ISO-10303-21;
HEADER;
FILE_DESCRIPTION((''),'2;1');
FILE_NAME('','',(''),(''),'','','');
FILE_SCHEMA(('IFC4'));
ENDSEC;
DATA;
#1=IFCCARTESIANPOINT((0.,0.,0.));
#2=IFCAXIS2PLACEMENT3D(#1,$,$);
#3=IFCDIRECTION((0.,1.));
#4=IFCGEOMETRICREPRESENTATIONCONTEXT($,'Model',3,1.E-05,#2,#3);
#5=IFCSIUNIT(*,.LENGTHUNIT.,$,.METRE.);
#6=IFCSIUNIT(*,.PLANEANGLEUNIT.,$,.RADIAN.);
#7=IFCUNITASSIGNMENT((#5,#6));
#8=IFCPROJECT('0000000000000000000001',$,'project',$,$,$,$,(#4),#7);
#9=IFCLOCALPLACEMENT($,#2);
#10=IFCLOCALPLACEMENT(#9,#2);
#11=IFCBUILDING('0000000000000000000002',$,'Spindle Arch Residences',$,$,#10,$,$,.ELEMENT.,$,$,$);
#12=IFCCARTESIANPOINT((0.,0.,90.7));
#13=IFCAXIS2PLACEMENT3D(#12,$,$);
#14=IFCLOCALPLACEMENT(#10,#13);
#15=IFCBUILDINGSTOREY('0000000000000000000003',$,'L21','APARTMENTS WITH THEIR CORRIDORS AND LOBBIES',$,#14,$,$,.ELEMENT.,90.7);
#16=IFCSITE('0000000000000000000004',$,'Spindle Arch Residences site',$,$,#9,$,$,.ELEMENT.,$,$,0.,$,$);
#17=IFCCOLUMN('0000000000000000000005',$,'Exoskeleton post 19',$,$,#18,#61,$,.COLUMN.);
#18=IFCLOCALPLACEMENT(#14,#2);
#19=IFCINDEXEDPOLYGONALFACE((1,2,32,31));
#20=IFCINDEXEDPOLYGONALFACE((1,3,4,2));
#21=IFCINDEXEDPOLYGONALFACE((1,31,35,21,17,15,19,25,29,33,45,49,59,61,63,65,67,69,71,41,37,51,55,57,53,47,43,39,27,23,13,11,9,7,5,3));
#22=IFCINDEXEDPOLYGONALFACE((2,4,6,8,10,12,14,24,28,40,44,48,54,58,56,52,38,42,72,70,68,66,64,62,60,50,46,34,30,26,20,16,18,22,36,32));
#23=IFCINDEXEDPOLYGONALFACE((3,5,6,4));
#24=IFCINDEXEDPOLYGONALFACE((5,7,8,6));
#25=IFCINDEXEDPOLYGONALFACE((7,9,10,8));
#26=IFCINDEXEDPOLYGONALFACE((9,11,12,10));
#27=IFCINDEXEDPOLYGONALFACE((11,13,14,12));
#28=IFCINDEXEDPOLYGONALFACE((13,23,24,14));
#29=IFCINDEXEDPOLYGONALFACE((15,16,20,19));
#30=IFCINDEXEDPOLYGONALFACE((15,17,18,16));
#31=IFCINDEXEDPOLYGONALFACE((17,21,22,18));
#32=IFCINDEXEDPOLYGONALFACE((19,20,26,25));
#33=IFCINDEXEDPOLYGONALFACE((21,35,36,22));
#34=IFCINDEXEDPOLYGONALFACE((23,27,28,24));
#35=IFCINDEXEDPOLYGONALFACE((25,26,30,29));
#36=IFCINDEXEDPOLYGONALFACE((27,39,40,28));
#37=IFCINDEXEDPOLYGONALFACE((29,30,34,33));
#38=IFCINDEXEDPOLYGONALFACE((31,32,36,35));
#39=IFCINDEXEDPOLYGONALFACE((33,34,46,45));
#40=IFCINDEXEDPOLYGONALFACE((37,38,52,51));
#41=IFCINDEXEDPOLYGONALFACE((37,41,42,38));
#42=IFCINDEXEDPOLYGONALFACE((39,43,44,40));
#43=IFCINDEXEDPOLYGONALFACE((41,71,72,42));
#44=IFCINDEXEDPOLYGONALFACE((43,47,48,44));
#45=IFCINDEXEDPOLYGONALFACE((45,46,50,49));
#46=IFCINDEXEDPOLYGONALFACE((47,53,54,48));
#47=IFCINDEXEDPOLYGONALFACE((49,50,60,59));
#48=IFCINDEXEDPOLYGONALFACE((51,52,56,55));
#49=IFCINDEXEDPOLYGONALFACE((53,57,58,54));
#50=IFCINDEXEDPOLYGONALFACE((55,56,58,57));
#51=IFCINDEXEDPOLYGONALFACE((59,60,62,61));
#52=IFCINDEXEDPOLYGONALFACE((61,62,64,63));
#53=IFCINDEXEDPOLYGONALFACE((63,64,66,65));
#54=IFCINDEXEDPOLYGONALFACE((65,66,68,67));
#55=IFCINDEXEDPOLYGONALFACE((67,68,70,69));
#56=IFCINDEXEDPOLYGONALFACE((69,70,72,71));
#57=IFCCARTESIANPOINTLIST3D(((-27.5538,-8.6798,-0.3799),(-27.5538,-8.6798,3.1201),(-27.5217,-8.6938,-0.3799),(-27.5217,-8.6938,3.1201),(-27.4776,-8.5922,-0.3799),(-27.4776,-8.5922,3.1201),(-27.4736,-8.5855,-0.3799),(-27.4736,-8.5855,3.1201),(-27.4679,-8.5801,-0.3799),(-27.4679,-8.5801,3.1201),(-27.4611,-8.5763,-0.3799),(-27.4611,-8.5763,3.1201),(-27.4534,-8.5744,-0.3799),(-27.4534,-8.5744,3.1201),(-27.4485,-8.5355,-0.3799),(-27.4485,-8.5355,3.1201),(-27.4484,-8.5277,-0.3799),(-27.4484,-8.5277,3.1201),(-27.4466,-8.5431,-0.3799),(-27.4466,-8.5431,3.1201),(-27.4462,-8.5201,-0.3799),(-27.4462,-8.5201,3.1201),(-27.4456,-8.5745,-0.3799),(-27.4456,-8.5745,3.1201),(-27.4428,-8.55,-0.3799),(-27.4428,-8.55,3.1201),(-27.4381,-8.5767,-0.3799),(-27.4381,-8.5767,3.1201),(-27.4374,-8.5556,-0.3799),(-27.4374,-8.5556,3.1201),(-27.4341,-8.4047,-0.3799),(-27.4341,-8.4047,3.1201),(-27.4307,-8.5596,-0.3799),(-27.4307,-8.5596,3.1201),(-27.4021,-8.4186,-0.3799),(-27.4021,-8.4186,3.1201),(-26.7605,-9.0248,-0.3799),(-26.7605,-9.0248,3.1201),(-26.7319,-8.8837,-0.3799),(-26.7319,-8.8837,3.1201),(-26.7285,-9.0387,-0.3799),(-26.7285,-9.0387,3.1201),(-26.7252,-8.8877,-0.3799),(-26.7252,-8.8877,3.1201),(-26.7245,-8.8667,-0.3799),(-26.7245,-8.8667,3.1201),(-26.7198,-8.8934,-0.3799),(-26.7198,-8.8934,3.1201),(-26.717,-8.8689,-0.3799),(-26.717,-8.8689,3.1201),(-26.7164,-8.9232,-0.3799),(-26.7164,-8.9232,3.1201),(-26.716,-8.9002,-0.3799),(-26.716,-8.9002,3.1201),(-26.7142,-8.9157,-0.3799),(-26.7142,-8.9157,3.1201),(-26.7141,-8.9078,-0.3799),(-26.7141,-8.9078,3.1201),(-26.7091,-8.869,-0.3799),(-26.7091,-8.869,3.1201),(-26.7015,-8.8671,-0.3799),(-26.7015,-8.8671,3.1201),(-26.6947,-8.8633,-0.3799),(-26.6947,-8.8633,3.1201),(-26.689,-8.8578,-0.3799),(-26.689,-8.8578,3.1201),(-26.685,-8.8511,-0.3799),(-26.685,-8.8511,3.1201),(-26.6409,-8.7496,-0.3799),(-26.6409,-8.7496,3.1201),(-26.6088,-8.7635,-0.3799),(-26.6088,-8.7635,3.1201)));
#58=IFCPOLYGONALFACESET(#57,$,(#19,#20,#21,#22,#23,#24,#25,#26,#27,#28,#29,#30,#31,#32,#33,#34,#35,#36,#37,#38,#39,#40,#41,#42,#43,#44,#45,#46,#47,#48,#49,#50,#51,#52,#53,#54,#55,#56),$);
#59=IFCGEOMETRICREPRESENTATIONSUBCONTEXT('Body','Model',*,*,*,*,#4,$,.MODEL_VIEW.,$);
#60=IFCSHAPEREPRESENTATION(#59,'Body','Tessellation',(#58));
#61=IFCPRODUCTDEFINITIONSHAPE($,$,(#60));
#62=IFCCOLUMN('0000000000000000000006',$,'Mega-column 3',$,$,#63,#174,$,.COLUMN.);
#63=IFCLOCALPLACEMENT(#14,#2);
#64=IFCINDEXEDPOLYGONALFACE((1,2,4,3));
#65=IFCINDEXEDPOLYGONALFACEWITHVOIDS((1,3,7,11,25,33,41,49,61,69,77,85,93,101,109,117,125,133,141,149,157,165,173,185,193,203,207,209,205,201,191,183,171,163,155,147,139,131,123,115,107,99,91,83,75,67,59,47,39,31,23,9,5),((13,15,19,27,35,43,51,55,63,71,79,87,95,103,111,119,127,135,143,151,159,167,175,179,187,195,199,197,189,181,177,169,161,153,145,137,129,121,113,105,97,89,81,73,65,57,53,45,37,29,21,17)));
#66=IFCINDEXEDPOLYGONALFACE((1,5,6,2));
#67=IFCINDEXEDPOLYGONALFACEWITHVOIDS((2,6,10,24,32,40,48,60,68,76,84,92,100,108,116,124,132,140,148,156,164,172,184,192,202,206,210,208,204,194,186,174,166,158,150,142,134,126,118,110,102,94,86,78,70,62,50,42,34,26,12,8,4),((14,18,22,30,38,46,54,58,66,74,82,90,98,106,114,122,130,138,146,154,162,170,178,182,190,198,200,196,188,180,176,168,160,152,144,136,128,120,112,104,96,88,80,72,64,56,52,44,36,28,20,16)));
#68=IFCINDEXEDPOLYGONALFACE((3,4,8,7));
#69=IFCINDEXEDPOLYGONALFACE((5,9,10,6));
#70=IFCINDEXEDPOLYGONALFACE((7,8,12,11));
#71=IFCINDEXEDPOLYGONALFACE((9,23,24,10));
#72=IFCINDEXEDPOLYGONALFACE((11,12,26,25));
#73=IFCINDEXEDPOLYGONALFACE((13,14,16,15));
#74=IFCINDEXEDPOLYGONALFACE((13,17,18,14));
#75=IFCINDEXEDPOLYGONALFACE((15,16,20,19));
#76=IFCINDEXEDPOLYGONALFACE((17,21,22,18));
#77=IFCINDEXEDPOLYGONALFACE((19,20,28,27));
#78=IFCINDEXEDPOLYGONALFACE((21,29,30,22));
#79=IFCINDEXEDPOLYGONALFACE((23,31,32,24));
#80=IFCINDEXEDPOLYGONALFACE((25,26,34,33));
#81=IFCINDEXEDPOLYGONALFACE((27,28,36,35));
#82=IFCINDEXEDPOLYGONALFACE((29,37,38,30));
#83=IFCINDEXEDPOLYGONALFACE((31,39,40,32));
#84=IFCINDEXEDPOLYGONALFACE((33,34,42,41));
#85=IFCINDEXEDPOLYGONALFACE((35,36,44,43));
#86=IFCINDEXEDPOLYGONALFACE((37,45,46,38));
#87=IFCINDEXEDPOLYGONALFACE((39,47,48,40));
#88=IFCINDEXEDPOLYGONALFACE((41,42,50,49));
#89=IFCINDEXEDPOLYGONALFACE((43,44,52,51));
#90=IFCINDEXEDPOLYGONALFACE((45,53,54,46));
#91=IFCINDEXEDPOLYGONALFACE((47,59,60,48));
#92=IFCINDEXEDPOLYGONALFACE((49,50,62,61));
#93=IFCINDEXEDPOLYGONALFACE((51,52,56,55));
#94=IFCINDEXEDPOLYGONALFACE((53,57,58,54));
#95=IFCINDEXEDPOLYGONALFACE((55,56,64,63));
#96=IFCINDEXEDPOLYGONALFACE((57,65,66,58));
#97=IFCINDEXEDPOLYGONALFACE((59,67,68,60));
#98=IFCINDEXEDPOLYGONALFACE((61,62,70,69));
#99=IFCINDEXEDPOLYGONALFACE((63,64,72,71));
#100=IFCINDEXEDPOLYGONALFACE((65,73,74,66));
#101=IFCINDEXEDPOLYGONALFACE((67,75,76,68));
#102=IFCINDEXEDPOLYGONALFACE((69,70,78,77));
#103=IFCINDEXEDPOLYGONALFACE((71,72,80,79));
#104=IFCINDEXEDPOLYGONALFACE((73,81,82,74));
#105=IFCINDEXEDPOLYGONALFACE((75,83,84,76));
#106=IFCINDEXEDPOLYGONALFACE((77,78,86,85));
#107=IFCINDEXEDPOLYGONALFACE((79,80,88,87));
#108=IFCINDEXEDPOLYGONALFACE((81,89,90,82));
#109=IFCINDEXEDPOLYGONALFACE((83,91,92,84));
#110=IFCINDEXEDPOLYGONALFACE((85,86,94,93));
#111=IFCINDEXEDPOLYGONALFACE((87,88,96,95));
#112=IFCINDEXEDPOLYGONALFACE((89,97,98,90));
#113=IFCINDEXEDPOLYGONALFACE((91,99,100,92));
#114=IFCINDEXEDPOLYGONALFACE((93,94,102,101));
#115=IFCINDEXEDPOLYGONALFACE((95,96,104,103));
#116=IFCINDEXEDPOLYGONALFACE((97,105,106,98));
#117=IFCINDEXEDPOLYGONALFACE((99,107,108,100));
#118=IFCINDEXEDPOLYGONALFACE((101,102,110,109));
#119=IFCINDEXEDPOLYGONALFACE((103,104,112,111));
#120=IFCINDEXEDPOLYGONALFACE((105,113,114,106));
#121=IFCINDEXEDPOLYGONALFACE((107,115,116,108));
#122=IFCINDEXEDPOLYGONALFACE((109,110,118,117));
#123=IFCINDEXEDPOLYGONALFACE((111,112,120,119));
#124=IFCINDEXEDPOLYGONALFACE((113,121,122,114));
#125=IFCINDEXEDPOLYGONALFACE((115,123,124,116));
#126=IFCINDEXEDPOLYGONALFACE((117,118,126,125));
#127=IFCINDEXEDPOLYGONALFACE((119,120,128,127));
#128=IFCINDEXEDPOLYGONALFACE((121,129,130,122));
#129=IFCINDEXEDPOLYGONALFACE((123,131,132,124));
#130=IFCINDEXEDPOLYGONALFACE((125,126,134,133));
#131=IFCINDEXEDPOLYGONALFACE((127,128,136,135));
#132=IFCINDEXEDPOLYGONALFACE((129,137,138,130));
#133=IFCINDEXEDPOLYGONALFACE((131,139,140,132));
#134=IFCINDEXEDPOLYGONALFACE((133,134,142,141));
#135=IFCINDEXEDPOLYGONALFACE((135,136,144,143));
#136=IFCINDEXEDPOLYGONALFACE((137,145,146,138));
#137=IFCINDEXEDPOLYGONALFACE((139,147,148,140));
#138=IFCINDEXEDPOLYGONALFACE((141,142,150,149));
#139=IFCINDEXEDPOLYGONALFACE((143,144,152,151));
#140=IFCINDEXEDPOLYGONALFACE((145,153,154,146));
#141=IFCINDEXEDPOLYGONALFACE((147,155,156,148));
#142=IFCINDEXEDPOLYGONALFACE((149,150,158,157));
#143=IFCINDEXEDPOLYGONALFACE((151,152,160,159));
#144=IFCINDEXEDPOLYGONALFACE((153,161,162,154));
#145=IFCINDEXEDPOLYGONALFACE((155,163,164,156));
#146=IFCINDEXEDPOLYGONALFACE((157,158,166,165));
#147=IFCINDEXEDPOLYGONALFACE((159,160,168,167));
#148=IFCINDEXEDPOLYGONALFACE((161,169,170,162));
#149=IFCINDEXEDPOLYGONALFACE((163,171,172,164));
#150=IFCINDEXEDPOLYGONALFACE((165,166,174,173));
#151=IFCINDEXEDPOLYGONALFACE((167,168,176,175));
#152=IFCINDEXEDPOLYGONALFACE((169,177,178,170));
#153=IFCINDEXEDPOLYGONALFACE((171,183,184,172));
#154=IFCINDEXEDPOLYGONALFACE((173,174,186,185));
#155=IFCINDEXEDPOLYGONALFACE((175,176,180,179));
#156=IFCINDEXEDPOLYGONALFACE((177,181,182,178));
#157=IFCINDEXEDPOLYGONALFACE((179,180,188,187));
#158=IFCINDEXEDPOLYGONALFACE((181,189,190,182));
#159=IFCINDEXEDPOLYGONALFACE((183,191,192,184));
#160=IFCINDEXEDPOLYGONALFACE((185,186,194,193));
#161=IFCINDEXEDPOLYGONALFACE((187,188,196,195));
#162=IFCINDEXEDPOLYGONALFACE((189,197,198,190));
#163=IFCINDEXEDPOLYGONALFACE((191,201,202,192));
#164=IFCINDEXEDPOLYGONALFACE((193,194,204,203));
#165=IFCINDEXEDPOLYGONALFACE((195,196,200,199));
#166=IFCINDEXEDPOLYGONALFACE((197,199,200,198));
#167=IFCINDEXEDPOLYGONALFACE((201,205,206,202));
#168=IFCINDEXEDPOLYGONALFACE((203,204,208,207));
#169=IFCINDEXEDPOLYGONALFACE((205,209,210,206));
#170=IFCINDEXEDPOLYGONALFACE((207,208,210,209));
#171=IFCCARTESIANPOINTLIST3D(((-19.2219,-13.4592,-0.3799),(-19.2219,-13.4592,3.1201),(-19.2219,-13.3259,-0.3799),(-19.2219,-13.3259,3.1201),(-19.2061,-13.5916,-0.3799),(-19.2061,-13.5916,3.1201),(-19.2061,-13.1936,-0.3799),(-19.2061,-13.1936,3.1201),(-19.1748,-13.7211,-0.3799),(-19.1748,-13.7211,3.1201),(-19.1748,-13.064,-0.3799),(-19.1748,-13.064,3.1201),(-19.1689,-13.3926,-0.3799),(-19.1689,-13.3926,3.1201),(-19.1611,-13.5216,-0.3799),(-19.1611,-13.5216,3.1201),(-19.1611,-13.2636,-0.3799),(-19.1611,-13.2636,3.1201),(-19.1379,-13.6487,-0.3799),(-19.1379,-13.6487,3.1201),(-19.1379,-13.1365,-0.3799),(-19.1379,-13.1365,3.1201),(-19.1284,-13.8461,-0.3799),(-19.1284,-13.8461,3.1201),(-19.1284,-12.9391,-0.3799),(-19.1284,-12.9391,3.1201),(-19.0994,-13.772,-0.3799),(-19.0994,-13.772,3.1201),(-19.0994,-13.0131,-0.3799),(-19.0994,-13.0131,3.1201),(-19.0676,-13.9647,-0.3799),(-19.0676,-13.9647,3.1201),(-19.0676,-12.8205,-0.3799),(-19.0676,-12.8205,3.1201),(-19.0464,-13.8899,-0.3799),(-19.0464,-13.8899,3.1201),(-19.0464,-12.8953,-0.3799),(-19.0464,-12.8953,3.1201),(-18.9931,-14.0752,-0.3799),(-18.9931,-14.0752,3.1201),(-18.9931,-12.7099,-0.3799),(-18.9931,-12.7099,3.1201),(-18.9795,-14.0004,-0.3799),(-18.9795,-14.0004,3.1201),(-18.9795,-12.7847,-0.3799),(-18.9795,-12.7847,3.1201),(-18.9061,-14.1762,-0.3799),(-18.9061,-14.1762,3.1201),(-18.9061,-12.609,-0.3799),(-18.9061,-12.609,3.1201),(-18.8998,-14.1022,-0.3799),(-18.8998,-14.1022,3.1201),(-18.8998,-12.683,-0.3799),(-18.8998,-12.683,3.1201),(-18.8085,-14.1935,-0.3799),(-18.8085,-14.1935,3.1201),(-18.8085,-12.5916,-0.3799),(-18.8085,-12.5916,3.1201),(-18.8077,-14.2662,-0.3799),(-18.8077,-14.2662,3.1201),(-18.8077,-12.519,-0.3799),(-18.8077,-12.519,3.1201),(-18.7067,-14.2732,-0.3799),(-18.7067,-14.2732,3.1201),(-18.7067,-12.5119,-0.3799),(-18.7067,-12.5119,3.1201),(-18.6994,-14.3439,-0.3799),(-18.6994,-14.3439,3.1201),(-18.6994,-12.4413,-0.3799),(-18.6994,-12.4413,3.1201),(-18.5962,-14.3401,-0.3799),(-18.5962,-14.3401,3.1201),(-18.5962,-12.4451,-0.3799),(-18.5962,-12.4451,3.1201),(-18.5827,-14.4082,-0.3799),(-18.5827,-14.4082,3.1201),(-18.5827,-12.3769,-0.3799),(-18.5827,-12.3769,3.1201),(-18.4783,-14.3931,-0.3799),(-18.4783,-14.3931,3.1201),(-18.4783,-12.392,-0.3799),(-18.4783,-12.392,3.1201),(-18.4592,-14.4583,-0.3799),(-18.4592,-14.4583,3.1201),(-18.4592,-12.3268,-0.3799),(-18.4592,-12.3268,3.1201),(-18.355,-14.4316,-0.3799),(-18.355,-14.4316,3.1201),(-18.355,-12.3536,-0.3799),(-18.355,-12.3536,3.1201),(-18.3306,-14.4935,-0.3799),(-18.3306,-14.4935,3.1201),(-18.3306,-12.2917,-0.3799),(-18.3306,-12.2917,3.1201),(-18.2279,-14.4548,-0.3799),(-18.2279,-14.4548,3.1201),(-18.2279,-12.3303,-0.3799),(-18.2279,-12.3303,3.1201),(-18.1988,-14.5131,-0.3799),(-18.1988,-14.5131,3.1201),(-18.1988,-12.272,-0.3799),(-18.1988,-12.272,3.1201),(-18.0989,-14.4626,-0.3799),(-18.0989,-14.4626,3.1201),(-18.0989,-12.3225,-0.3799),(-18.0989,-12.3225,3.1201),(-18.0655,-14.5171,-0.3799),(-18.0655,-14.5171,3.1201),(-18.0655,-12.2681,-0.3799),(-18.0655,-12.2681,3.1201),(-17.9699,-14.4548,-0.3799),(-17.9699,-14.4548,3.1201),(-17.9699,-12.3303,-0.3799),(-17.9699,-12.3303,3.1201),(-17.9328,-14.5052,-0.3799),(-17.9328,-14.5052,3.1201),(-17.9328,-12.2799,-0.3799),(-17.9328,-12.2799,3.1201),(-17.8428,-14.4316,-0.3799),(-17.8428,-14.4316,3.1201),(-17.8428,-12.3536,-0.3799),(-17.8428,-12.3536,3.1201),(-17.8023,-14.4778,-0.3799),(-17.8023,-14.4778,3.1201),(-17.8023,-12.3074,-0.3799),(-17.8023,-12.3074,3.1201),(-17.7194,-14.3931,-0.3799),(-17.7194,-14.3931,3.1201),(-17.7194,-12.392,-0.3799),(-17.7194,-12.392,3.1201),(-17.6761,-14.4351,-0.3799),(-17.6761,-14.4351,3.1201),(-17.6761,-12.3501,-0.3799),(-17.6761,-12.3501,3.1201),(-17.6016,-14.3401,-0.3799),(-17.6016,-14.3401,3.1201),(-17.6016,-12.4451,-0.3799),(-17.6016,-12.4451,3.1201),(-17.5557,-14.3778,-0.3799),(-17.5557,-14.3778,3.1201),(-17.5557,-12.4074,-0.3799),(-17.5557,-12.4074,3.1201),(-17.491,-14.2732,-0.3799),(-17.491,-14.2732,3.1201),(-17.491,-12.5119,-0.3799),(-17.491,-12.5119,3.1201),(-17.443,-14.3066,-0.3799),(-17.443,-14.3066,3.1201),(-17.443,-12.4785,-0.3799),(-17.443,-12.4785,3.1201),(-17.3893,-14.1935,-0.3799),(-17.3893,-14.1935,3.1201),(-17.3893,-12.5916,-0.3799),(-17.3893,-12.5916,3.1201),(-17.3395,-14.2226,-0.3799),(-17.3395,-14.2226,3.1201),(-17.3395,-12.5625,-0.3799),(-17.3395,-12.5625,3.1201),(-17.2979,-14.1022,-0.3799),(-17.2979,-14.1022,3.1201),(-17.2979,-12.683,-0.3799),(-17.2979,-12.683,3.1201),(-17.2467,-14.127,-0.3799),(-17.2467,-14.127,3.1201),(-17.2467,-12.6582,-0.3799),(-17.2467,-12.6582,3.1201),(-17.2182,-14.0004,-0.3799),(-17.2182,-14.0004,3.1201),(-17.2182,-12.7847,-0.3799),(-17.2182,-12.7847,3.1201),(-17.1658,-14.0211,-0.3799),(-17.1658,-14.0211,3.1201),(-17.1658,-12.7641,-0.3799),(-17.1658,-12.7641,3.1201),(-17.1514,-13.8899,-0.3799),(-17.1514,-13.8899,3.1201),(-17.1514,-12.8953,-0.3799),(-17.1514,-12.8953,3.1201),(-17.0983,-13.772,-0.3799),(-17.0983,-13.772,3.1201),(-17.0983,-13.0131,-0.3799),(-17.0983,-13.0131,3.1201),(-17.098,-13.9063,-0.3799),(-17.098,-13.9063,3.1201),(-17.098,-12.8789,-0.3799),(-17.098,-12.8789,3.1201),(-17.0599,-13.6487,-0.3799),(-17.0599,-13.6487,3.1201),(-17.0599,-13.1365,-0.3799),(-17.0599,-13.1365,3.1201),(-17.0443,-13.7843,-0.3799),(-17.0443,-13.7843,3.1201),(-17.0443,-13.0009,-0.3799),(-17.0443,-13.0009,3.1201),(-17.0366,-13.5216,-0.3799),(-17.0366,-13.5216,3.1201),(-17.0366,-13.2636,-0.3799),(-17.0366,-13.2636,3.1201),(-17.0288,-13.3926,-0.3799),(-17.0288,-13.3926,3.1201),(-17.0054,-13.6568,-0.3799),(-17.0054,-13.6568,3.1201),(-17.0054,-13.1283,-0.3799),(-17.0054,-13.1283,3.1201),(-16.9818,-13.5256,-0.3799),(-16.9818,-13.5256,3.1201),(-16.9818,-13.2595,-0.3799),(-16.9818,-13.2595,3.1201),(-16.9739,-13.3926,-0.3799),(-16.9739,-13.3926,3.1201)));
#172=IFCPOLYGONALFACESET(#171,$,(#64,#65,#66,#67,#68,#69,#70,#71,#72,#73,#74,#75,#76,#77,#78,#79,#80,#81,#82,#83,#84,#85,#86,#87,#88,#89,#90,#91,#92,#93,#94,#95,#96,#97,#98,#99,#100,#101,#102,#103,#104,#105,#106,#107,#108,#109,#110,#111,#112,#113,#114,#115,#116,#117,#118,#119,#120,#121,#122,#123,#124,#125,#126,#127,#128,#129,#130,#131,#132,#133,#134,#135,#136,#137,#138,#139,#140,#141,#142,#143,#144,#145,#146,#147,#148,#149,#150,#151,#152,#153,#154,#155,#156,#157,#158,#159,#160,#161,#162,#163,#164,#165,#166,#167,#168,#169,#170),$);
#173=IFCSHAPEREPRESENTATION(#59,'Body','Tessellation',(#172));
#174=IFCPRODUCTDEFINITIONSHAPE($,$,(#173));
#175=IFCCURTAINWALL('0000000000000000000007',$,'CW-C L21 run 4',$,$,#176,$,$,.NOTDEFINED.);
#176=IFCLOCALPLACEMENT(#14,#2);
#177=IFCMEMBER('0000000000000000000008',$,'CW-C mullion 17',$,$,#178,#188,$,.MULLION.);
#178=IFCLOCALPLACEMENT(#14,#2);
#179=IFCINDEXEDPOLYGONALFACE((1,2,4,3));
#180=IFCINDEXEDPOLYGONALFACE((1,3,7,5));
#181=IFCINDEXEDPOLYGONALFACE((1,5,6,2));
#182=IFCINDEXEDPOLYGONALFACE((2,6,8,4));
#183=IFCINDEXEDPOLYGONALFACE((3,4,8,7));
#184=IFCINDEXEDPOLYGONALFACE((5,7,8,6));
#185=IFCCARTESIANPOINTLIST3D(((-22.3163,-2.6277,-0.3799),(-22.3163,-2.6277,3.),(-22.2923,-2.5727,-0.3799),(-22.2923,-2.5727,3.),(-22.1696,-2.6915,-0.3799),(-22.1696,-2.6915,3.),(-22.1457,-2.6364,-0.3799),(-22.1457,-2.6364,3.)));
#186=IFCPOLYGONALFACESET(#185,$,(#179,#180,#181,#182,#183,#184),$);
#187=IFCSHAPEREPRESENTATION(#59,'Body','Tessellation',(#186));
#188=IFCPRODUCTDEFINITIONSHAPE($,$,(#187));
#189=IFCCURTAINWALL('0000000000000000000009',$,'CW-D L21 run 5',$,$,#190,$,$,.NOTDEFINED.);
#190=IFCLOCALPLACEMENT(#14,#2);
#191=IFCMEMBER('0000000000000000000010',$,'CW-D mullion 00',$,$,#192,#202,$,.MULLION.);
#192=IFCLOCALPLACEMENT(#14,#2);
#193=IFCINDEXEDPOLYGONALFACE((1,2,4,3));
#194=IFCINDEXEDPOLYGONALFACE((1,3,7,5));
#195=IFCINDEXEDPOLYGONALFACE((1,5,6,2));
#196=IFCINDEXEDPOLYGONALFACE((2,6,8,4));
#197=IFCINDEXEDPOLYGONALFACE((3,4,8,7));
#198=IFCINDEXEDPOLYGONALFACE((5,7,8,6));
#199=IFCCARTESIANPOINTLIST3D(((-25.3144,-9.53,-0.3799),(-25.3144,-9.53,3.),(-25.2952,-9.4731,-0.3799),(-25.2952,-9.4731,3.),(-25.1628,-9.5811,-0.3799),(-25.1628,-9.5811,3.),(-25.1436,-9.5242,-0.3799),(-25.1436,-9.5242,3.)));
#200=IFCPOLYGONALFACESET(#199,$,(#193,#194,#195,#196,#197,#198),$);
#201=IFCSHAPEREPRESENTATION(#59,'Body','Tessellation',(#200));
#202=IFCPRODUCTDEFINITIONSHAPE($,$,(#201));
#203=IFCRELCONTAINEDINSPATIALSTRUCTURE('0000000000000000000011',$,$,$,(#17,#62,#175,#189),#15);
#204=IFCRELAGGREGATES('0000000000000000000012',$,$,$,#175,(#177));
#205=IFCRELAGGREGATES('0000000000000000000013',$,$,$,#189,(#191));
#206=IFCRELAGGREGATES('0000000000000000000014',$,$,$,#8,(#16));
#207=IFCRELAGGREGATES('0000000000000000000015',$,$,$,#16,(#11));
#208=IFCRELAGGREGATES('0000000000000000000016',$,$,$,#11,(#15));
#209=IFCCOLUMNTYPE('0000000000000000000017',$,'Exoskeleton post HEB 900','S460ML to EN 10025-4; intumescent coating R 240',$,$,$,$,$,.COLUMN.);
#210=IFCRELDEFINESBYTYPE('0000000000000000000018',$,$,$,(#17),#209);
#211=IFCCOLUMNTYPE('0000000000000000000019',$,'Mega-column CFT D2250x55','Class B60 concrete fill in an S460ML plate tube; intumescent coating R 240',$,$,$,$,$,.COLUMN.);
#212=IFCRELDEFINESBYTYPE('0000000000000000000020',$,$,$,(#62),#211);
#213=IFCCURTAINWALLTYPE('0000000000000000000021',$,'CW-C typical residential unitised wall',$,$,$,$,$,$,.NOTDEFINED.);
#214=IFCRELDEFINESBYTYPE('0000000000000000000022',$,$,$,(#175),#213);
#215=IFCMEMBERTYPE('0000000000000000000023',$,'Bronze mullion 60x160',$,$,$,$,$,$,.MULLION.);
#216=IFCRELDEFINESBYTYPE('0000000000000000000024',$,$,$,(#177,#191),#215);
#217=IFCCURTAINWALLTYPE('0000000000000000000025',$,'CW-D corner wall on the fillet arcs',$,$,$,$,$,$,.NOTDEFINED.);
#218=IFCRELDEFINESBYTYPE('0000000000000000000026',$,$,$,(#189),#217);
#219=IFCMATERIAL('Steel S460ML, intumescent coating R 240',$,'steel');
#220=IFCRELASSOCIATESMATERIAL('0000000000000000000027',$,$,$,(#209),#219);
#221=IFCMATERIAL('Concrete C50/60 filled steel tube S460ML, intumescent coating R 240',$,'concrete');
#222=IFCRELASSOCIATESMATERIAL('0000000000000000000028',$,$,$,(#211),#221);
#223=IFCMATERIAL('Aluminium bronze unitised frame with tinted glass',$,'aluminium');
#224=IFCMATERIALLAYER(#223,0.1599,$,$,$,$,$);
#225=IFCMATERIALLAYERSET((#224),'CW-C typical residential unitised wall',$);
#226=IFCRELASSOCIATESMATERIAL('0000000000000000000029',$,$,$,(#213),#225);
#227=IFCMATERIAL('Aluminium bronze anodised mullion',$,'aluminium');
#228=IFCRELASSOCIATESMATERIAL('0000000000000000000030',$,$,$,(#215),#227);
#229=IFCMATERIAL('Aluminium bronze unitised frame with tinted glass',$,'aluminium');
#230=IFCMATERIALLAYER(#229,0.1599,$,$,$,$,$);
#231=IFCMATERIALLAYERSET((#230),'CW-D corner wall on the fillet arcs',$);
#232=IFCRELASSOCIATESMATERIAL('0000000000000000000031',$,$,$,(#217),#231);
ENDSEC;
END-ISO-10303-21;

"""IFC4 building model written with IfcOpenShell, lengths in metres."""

from ifc_helpers import new_model, si_unit, direction, frame, origin, origin_2d, place, context, subcontext, project, spatial, rectangle, hollow_circle, i_section, extrude, material, layer, layer_set, material_profile, profile_set, type_object, element, aggregate, save


model = new_model("IFC4")

# Units and contexts
model_context = context("Model", 3, precision=1e-05, world=origin(), true_north=direction((0.0, 1.0)))
body_context = subcontext(model_context, "Body", "Model", "MODEL_VIEW")
ifc_project = project(units=[si_unit("LENGTHUNIT", "METRE"), si_unit("PLANEANGLEUNIT", "RADIAN")], contexts=[model_context])

# Site, building, storey
site_placement = place(None, origin())
site = spatial("IfcSite", under=ifc_project, at=site_placement, Name="Spindle Arch Residences site", CompositionType="ELEMENT", RefElevation=0.0)
building_placement = place(site_placement, origin())
building = spatial("IfcBuilding", under=site, at=building_placement, Name="Spindle Arch Residences", CompositionType="ELEMENT")
storey_placement = place(building_placement, frame((0.0, 0.0, 90.7)))
storey = spatial("IfcBuildingStorey", under=building, at=storey_placement, Name="L21", Description="APARTMENTS WITH THEIR CORRIDORS AND LOBBIES", CompositionType="ELEMENT", Elevation=90.7)

# Columns
ifc_material_1 = material(Name="Steel S460ML, intumescent coating R 240", Category="steel")
ifc_material_profile_1 = material_profile(ifc_material_1, i_section(OverallWidth=0.3, OverallDepth=0.8999, WebThickness=0.0186, FlangeThickness=0.0349, FilletRadius=0.03, at=origin_2d()), Name="HEB 900")
ifc_profile_set_1 = profile_set([ifc_material_profile_1], Name="Steel S460ML, intumescent coating R 240")
column_type_1 = type_object("IfcColumnType", Name="Exoskeleton post HEB 900", Description="S460ML to EN 10025-4; intumescent coating R 240", PredefinedType="COLUMN", material=ifc_profile_set_1)
column_1_placement = place(storey_placement, frame((-27.0813, -8.7217, -0.3799), z_axis=(0.0, 0.0, 1.0), x_axis=(0.398749, 0.91706, 0.0)))
element("IfcColumn", 1, at=column_1_placement, inside=storey, type_object=column_type_1, Name="Exoskeleton post 19", PredefinedType="COLUMN", context=body_context, shape_type="SweptSolid", body=[
    extrude(i_section(OverallWidth=0.3, OverallDepth=0.8999, WebThickness=0.0186, FlangeThickness=0.0349, FilletRadius=0.03, at=origin_2d()), origin(), (0.0, 0.0, 1.0), 3.5),
])
ifc_material_2 = material(Name="Concrete C50/60 filled steel tube S460ML, intumescent coating R 240", Category="concrete")
ifc_material_profile_2 = material_profile(ifc_material_2, hollow_circle(Radius=1.125, WallThickness=0.0549, at=origin_2d()), Name="CFT D2250x55")
ifc_profile_set_2 = profile_set([ifc_material_profile_2], Name="Concrete C50/60 filled steel tube S460ML, intumescent coating R 240")
column_type_2 = type_object("IfcColumnType", Name="Mega-column CFT D2250x55", Description="Class B60 concrete fill in an S460ML plate tube; intumescent coating R 240", PredefinedType="COLUMN", material=ifc_profile_set_2)
column_2_placement = place(storey_placement, frame((-18.0989, -13.3926, -0.3799), z_axis=(0.0, 0.0, 1.0), x_axis=(1.0, 0.0, 0.0)))
element("IfcColumn", 2, at=column_2_placement, inside=storey, type_object=column_type_2, Name="Mega-column 3", PredefinedType="COLUMN", context=body_context, shape_type="SweptSolid", body=[
    extrude(hollow_circle(Radius=1.125, WallThickness=0.0549, at=origin_2d()), origin(), (0.0, 0.0, 1.0), 3.5),
])

# Curtain wall, member
ifc_material_3 = material(Name="Aluminium bronze unitised frame with tinted glass", Category="aluminium")
ifc_layer_1 = layer(ifc_material_3, 0.1599)
ifc_layer_set_1 = layer_set([ifc_layer_1], Name="CW-C typical residential unitised wall")
curtain_wall_type_1 = type_object("IfcCurtainWallType", Name="CW-C typical residential unitised wall", PredefinedType="NOTDEFINED", material=ifc_layer_set_1)
curtain_wall_1_placement = place(storey_placement, origin())
curtain_wall_1 = element("IfcCurtainWall", 3, at=curtain_wall_1_placement, inside=storey, type_object=curtain_wall_type_1, Name="CW-C L21 run 4", PredefinedType="NOTDEFINED")
ifc_material_4 = material(Name="Aluminium bronze anodised mullion", Category="aluminium")
ifc_material_profile_3 = material_profile(ifc_material_4, rectangle(XDim=0.1599, YDim=0.0601, at=origin_2d()), Name="MU 60x160")
ifc_profile_set_3 = profile_set([ifc_material_profile_3], Name="Aluminium bronze anodised mullion")
member_type_1 = type_object("IfcMemberType", Name="Bronze mullion 60x160", PredefinedType="MULLION", material=ifc_profile_set_3)
member_1_placement = place(storey_placement, frame((-22.231, -2.6321, -0.3799), z_axis=(0.0, 0.0, 1.0), x_axis=(0.91706, -0.398749, 0.0)))
member_1 = element("IfcMember", 4, at=member_1_placement, type_object=member_type_1, Name="CW-C mullion 17", PredefinedType="MULLION", context=body_context, shape_type="SweptSolid", body=[
    extrude(rectangle(XDim=0.1599, YDim=0.0601, at=origin_2d()), origin(), (0.0, 0.0, 1.0), 3.3799),
])

# Curtain wall, member
ifc_material_5 = material(Name="Aluminium bronze unitised frame with tinted glass", Category="aluminium")
ifc_layer_2 = layer(ifc_material_5, 0.1599)
ifc_layer_set_2 = layer_set([ifc_layer_2], Name="CW-D corner wall on the fillet arcs")
curtain_wall_type_2 = type_object("IfcCurtainWallType", Name="CW-D corner wall on the fillet arcs", PredefinedType="NOTDEFINED", material=ifc_layer_set_2)
curtain_wall_2_placement = place(storey_placement, origin())
curtain_wall_2 = element("IfcCurtainWall", 5, at=curtain_wall_2_placement, inside=storey, type_object=curtain_wall_type_2, Name="CW-D L21 run 5", PredefinedType="NOTDEFINED")
member_2_placement = place(storey_placement, frame((-25.229, -9.5271, -0.3799), z_axis=(0.0, 0.0, 1.0), x_axis=(0.94751, -0.319727, 0.0)))
member_2 = element("IfcMember", 6, at=member_2_placement, type_object=member_type_1, Name="CW-D mullion 00", PredefinedType="MULLION", context=body_context, shape_type="SweptSolid", body=[
    extrude(rectangle(XDim=0.1599, YDim=0.0601, at=origin_2d()), origin(), (0.0, 0.0, 1.0), 3.3799),
])

aggregate(curtain_wall_1, [member_1])
aggregate(curtain_wall_2, [member_2])

save(model, "model.ifc")
